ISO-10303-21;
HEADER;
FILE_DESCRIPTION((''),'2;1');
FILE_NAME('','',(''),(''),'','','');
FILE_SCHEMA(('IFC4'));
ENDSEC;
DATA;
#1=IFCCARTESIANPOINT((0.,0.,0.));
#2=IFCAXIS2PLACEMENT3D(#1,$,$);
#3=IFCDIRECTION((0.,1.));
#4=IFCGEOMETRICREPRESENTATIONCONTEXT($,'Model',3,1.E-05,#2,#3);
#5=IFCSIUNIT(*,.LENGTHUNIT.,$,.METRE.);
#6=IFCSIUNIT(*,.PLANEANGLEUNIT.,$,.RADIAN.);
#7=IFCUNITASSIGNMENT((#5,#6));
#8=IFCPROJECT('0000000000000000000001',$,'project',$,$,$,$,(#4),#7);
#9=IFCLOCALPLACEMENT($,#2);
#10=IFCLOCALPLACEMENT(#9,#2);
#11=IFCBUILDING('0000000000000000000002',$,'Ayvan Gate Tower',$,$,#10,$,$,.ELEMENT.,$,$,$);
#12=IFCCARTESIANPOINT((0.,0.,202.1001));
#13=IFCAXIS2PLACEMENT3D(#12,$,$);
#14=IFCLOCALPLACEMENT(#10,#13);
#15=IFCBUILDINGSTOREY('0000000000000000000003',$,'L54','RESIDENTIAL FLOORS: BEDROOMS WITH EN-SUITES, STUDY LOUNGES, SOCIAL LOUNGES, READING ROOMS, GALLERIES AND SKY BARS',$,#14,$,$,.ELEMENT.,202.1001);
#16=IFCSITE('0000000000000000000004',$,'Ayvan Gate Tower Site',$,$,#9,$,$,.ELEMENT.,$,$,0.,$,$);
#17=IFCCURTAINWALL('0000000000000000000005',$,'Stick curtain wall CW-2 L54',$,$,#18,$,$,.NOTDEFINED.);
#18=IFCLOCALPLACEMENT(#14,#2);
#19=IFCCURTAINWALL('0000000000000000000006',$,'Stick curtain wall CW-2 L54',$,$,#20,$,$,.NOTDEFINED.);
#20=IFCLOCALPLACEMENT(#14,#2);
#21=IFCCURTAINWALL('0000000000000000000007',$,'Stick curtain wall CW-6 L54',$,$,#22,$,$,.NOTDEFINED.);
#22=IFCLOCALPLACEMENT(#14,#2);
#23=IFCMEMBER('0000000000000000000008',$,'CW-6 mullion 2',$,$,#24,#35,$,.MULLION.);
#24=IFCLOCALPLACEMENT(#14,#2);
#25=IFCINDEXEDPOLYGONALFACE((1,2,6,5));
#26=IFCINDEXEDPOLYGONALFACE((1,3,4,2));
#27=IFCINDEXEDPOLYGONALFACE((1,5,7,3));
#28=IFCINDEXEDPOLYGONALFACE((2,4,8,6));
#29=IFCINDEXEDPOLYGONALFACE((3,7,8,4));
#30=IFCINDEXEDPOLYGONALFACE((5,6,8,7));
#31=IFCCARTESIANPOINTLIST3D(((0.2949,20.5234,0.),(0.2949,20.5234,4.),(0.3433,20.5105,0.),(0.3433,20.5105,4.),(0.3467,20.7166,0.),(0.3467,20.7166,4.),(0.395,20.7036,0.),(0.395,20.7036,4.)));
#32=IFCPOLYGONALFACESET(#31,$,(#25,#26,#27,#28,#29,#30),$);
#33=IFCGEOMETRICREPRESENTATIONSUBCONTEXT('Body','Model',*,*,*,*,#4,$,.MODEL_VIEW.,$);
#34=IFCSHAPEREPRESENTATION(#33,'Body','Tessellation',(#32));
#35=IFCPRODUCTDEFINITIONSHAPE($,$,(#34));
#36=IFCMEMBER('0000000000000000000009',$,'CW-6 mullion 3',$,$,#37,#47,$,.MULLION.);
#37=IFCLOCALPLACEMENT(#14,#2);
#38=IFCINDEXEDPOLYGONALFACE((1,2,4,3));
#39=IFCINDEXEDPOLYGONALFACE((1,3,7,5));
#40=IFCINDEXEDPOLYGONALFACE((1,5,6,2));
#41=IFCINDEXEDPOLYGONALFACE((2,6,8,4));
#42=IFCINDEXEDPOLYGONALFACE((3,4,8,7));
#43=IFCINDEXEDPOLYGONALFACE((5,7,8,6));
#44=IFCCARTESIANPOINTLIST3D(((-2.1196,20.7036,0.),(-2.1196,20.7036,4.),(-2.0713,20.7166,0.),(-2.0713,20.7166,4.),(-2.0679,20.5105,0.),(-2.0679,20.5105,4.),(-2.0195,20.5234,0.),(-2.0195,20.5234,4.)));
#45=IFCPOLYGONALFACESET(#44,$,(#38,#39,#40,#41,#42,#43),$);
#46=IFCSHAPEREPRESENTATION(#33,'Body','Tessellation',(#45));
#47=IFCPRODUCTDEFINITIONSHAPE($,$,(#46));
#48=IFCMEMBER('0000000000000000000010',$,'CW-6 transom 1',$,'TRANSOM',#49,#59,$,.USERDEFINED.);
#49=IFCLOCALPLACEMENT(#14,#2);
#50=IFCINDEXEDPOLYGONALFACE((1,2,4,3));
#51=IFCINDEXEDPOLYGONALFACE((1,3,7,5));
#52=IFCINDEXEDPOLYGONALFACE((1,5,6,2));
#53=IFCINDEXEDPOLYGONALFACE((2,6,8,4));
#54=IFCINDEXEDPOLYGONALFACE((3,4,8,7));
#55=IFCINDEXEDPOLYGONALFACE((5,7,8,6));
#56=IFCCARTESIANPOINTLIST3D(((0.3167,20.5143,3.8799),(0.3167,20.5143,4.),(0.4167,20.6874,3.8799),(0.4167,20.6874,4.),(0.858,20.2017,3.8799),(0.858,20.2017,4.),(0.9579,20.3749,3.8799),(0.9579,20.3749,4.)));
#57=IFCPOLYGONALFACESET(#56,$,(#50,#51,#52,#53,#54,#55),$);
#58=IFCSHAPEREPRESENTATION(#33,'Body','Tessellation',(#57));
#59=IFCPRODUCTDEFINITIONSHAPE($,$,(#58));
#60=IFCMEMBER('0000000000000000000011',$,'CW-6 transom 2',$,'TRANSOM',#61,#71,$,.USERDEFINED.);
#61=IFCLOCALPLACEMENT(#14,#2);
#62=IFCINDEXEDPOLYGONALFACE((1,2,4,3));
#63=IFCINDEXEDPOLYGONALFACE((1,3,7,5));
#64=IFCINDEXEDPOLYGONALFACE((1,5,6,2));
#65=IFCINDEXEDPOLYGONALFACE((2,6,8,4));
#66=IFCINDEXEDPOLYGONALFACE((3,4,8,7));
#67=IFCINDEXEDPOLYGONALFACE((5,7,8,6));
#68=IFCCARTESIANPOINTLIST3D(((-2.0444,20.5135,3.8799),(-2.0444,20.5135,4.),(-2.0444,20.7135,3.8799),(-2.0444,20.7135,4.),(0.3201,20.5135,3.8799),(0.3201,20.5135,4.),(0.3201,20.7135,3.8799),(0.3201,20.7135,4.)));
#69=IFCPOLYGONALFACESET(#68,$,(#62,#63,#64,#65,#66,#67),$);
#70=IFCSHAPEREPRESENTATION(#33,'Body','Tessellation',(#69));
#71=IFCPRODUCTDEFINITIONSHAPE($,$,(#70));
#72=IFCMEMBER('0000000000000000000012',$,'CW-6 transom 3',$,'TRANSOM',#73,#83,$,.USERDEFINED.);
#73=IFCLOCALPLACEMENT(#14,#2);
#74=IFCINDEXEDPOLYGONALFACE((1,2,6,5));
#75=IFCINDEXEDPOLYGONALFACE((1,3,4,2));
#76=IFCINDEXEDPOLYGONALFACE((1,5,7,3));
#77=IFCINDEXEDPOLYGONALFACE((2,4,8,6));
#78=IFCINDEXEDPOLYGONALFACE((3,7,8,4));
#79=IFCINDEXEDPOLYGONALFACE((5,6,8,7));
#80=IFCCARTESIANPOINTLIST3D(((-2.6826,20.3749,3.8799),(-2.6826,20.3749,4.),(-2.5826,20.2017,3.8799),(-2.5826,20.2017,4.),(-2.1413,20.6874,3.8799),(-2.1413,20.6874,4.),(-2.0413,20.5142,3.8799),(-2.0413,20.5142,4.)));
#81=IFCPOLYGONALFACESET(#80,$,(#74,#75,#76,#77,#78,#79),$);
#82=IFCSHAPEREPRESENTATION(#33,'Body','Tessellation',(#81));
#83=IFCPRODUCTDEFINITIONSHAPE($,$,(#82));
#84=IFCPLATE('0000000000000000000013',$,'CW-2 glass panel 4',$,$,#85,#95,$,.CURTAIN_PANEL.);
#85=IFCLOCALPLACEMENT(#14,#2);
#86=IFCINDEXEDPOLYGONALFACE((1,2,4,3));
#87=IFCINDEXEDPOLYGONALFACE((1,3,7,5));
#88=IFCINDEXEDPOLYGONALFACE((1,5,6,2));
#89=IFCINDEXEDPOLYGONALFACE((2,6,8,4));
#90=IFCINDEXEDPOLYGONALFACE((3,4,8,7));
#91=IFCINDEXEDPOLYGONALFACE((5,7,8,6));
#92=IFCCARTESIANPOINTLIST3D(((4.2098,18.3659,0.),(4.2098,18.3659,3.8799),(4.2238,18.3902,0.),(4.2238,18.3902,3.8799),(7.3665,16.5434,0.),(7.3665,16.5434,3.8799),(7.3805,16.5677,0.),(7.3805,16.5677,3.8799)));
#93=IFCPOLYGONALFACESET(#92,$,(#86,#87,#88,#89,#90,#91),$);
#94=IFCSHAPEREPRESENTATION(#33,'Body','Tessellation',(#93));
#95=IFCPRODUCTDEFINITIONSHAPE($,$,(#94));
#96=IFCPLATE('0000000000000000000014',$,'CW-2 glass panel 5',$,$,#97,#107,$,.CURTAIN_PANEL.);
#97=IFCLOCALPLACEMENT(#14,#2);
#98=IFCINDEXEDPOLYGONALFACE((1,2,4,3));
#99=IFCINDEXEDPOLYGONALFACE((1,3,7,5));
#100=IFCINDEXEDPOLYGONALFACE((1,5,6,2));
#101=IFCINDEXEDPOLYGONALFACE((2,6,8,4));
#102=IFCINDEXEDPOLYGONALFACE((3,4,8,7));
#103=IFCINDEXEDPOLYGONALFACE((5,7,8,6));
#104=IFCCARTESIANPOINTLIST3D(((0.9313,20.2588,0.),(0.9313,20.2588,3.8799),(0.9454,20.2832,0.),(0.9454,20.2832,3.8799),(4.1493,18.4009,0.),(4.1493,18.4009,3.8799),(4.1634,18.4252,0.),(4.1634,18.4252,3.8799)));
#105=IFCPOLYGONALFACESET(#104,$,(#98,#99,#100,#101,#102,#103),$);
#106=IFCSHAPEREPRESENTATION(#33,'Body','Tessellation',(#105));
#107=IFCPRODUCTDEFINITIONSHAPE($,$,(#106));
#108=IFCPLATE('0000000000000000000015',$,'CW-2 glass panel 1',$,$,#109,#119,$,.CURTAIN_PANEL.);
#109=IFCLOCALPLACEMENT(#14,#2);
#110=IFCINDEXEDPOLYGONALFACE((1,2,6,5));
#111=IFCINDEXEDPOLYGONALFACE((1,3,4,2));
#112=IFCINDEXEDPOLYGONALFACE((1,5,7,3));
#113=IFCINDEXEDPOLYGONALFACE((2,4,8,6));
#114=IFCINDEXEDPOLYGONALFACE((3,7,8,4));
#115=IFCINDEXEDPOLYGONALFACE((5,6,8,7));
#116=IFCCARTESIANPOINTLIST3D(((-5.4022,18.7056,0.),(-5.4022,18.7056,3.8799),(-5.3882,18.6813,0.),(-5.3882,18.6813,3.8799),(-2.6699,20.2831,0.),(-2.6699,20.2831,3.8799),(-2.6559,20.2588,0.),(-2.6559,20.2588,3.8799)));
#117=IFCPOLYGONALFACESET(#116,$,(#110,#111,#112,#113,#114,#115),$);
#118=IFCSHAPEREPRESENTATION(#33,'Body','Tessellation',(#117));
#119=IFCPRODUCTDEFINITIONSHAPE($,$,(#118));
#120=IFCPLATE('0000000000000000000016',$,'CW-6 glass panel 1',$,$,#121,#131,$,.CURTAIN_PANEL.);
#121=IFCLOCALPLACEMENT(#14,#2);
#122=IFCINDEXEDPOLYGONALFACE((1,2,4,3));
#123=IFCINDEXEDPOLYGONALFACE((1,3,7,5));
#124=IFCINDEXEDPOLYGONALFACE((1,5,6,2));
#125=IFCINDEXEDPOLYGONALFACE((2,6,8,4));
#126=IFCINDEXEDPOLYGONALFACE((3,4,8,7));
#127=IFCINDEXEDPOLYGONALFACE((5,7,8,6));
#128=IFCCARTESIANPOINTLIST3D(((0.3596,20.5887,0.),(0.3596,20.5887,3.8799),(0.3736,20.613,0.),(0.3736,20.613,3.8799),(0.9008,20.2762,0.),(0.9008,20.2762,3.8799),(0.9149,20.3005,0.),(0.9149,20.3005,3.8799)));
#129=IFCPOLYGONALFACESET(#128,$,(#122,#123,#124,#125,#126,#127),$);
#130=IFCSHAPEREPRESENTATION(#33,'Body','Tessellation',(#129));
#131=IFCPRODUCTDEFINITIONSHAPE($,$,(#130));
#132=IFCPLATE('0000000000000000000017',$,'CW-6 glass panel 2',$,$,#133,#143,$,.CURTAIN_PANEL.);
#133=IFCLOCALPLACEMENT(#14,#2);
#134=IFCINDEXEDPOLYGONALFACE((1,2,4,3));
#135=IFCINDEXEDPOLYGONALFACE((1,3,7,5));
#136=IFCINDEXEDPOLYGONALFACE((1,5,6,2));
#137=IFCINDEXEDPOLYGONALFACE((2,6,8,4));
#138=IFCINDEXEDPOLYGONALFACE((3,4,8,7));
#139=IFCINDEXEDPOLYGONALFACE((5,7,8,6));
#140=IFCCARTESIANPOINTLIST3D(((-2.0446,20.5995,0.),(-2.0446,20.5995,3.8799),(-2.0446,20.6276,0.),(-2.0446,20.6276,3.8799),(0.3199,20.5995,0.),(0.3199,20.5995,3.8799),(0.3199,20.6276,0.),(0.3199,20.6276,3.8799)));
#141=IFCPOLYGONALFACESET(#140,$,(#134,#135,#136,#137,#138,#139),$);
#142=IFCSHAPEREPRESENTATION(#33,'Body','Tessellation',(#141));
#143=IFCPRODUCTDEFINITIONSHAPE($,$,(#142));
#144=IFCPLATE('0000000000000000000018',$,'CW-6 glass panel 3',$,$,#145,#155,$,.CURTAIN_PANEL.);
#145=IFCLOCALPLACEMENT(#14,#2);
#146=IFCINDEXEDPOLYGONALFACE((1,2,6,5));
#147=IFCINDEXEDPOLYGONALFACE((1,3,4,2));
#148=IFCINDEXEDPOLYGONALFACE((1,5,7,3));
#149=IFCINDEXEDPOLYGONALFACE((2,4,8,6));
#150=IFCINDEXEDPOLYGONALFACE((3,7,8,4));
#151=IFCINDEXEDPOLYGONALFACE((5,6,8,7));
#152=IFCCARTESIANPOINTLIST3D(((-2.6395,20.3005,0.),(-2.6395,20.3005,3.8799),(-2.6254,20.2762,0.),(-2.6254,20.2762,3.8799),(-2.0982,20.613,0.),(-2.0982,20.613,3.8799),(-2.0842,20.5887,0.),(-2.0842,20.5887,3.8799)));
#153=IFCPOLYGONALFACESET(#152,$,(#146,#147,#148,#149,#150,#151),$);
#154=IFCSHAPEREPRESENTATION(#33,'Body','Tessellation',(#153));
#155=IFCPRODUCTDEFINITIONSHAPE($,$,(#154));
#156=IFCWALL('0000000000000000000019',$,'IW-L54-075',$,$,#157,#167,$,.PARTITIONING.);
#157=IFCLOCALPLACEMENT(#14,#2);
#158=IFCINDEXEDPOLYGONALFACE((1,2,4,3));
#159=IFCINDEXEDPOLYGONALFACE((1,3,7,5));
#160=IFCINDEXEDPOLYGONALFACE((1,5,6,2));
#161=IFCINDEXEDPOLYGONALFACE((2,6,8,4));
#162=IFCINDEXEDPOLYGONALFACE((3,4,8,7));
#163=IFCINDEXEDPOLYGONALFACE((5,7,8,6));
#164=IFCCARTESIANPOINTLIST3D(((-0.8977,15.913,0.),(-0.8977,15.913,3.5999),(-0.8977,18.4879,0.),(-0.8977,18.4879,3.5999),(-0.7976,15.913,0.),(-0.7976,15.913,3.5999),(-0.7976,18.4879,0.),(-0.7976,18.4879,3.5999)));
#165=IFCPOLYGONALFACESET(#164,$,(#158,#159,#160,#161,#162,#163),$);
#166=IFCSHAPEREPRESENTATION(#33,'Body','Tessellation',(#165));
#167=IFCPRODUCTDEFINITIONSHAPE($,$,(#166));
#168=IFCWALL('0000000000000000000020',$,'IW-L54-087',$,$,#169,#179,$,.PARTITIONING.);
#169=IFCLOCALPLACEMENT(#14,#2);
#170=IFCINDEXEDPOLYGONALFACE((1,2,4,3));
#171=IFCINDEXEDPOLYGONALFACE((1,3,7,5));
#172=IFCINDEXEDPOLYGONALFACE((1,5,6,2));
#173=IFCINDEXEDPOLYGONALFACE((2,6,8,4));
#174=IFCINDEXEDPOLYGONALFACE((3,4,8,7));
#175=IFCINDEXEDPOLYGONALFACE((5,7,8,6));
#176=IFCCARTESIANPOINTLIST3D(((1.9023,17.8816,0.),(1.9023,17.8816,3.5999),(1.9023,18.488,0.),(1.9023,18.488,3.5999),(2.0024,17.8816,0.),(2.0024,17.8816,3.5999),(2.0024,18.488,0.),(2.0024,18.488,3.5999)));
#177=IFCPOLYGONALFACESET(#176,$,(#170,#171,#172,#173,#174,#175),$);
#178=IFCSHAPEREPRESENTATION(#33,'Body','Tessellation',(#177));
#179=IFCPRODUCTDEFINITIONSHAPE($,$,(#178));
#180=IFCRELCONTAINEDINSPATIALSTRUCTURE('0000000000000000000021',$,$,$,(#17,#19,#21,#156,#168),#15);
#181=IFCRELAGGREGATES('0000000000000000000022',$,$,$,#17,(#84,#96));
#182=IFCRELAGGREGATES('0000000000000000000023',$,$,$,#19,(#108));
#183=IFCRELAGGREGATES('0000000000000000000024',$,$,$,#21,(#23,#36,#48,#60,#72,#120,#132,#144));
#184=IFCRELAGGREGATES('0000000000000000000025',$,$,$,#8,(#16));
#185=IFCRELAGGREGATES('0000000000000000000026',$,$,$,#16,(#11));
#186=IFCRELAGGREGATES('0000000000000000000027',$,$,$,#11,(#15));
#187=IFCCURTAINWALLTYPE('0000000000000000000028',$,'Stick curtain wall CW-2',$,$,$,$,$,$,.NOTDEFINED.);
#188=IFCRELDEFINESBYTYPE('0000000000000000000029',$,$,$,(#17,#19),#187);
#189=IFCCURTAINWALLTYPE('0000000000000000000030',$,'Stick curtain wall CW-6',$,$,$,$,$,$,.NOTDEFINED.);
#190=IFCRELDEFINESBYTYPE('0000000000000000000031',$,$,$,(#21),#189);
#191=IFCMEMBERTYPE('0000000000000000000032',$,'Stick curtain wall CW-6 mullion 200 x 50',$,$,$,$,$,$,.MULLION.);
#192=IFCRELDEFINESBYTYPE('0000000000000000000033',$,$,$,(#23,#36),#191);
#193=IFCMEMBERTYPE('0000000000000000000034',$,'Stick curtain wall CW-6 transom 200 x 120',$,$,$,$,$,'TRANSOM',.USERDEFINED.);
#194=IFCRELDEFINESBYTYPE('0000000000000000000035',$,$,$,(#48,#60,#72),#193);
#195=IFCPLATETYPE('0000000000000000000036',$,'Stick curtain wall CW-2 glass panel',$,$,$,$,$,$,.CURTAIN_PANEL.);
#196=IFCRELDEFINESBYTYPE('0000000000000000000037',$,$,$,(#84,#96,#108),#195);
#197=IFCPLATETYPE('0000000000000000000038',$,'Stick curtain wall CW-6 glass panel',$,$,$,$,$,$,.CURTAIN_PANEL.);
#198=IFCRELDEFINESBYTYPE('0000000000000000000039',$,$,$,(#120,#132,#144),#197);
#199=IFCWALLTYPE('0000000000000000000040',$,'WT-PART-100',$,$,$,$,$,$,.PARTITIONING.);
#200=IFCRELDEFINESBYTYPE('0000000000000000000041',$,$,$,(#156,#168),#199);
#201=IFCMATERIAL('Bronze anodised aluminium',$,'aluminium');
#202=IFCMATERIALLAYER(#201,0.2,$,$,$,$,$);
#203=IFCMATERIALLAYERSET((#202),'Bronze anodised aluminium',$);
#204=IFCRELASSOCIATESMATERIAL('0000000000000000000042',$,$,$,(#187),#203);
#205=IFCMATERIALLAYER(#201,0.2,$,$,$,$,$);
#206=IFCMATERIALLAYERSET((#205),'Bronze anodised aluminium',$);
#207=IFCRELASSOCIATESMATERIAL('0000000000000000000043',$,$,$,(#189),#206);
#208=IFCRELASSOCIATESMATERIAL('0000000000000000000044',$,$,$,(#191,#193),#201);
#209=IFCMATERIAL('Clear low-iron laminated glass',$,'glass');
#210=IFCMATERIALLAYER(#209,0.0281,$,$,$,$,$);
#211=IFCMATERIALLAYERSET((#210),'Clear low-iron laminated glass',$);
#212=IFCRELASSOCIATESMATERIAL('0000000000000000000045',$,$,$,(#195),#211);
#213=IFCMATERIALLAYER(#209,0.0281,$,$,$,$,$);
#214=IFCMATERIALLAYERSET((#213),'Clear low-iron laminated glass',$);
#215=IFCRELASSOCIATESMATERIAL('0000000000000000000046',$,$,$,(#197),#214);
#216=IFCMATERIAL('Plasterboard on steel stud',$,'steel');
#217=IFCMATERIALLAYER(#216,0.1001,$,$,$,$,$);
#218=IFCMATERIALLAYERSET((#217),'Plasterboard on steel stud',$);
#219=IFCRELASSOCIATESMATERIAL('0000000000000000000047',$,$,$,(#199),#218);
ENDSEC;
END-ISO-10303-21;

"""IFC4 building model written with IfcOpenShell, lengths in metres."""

from ifc_helpers import new_model, si_unit, direction, frame, frame_2d, origin, origin_2d, place, context, subcontext, project, spatial, rectangle, extrude, material, layer, layer_set, material_profile, profile_set, type_object, element, aggregate, save


model = new_model("IFC4")

# Units and contexts
model_context = context("Model", 3, precision=1e-05, world=origin(), true_north=direction((0.0, 1.0)))
body_context = subcontext(model_context, "Body", "Model", "MODEL_VIEW")
ifc_project = project(units=[si_unit("LENGTHUNIT", "METRE"), si_unit("PLANEANGLEUNIT", "RADIAN")], contexts=[model_context])

# Site, building, storey
site_placement = place(None, origin())
site = spatial("IfcSite", under=ifc_project, at=site_placement, Name="Ayvan Gate Tower Site", CompositionType="ELEMENT", RefElevation=0.0)
building_placement = place(site_placement, origin())
building = spatial("IfcBuilding", under=site, at=building_placement, Name="Ayvan Gate Tower", CompositionType="ELEMENT")
storey_placement = place(building_placement, frame((0.0, 0.0, 202.1001)))
storey = spatial("IfcBuildingStorey", under=building, at=storey_placement, Name="L54", Description="RESIDENTIAL FLOORS: BEDROOMS WITH EN-SUITES, STUDY LOUNGES, SOCIAL LOUNGES, READING ROOMS, GALLERIES AND SKY BARS", CompositionType="ELEMENT", Elevation=202.1001)

# Curtain walls, members
ifc_material_1 = material(Name="Bronze anodised aluminium", Category="aluminium")
ifc_layer_1 = layer(ifc_material_1, 0.2)
ifc_layer_set_1 = layer_set([ifc_layer_1], Name="Bronze anodised aluminium")
curtain_wall_type_1 = type_object("IfcCurtainWallType", Name="Stick curtain wall CW-2", PredefinedType="NOTDEFINED", material=ifc_layer_set_1)
curtain_wall_1_placement = place(storey_placement, origin())
curtain_wall_1 = element("IfcCurtainWall", 1, at=curtain_wall_1_placement, inside=storey, type_object=curtain_wall_type_1, Name="Stick curtain wall CW-2 L54", PredefinedType="NOTDEFINED")
curtain_wall_2_placement = place(storey_placement, origin())
curtain_wall_2 = element("IfcCurtainWall", 2, at=curtain_wall_2_placement, inside=storey, type_object=curtain_wall_type_1, Name="Stick curtain wall CW-2 L54", PredefinedType="NOTDEFINED")
ifc_layer_2 = layer(ifc_material_1, 0.2)
ifc_layer_set_2 = layer_set([ifc_layer_2], Name="Bronze anodised aluminium")
curtain_wall_type_2 = type_object("IfcCurtainWallType", Name="Stick curtain wall CW-6", PredefinedType="NOTDEFINED", material=ifc_layer_set_2)
curtain_wall_3_placement = place(storey_placement, origin())
curtain_wall_3 = element("IfcCurtainWall", 3, at=curtain_wall_3_placement, inside=storey, type_object=curtain_wall_type_2, Name="Stick curtain wall CW-6 L54", PredefinedType="NOTDEFINED")
ifc_material_profile_1 = material_profile(ifc_material_1, rectangle(XDim=0.2, YDim=0.05, at=origin_2d()), Name="Stick curtain wall CW-6 mullion 200 x 50")
ifc_profile_set_1 = profile_set([ifc_material_profile_1], Name="Bronze anodised aluminium")
member_type_1 = type_object("IfcMemberType", Name="Stick curtain wall CW-6 mullion 200 x 50", PredefinedType="MULLION", material=ifc_profile_set_1)
member_1_placement = place(storey_placement, frame((0.345, 20.6135, 0.0), z_axis=(0.0, 0.0, 1.0), x_axis=(0.258819, 0.965926, 0.0)))
member_1 = element("IfcMember", 4, at=member_1_placement, type_object=member_type_1, Name="CW-6 mullion 2", PredefinedType="MULLION", context=body_context, shape_type="SweptSolid", body=[
    extrude(rectangle(XDim=0.2, YDim=0.05, at=origin_2d()), origin(), (0.0, 0.0, 1.0), 4.0),
])
member_2_placement = place(storey_placement, frame((-2.0696, 20.6135, 0.0), z_axis=(0.0, 0.0, 1.0), x_axis=(-0.258819, 0.965926, 0.0)))
member_2 = element("IfcMember", 5, at=member_2_placement, type_object=member_type_1, Name="CW-6 mullion 3", PredefinedType="MULLION", context=body_context, shape_type="SweptSolid", body=[
    extrude(rectangle(XDim=0.2, YDim=0.05, at=origin_2d()), origin(), (0.0, 0.0, 1.0), 4.0),
])
ifc_material_profile_2 = material_profile(ifc_material_1, rectangle(XDim=0.2, YDim=0.1201, at=origin_2d()), Name="Stick curtain wall CW-6 transom 200 x 120")
ifc_profile_set_2 = profile_set([ifc_material_profile_2], Name="Bronze anodised aluminium")
member_type_2 = type_object("IfcMemberType", Name="Stick curtain wall CW-6 transom 200 x 120", ElementType="TRANSOM", PredefinedType="USERDEFINED", material=ifc_profile_set_2)
member_3_placement = place(storey_placement, frame((0.908, 20.2883, 3.9399), z_axis=(-0.866023, 0.500004, 0.0), x_axis=(-0.500004, -0.866023, 0.0)))
member_3 = element("IfcMember", 6, at=member_3_placement, type_object=member_type_2, Name="CW-6 transom 1", ObjectType="TRANSOM", PredefinedType="USERDEFINED", context=body_context, shape_type="SweptSolid", body=[
    extrude(rectangle(XDim=0.2, YDim=0.1201, at=origin_2d()), origin(), (0.0, 0.0, 1.0), 0.625),
])
member_4_placement = place(storey_placement, frame((0.3201, 20.6135, 3.9399), z_axis=(-1.0, 0.0, 0.0), x_axis=(0.0, -1.0, 0.0)))
member_4 = element("IfcMember", 7, at=member_4_placement, type_object=member_type_2, Name="CW-6 transom 2", ObjectType="TRANSOM", PredefinedType="USERDEFINED", context=body_context, shape_type="SweptSolid", body=[
    extrude(rectangle(XDim=0.2, YDim=0.1201, at=origin_2d()), origin(), (0.0, 0.0, 1.0), 2.3645),
])
member_5_placement = place(storey_placement, frame((-2.0913, 20.6008, 3.9399), z_axis=(-0.866023, -0.500004, 0.0), x_axis=(0.500004, -0.866023, 0.0)))
member_5 = element("IfcMember", 8, at=member_5_placement, type_object=member_type_2, Name="CW-6 transom 3", ObjectType="TRANSOM", PredefinedType="USERDEFINED", context=body_context, shape_type="SweptSolid", body=[
    extrude(rectangle(XDim=0.2, YDim=0.1201, at=origin_2d()), origin(), (0.0, 0.0, 1.0), 0.625),
])

# Plates
ifc_material_2 = material(Name="Clear low-iron laminated glass", Category="glass")
ifc_layer_3 = layer(ifc_material_2, 0.0281)
ifc_layer_set_3 = layer_set([ifc_layer_3], Name="Clear low-iron laminated glass")
plate_type_1 = type_object("IfcPlateType", Name="Stick curtain wall CW-2 glass panel", PredefinedType="CURTAIN_PANEL", material=ifc_layer_set_3)
plate_1_placement = place(storey_placement, frame((5.7952, 17.4668, 0.0), z_axis=(0.0, 0.0, 1.0), x_axis=(-0.866025, 0.5, 0.0)))
plate_1 = element("IfcPlate", 9, at=plate_1_placement, type_object=plate_type_1, Name="CW-2 glass panel 4", PredefinedType="CURTAIN_PANEL", context=body_context, shape_type="SweptSolid", body=[
    extrude(rectangle(XDim=3.645, YDim=0.0281, at=origin_2d()), origin(), (0.0, 0.0, 1.0), 3.8799),
])
plate_2_placement = place(storey_placement, frame((2.5474, 19.342, 0.0), z_axis=(0.0, 0.0, 1.0), x_axis=(-0.866025, 0.5, 0.0)))
plate_2 = element("IfcPlate", 10, at=plate_2_placement, type_object=plate_type_1, Name="CW-2 glass panel 5", PredefinedType="CURTAIN_PANEL", context=body_context, shape_type="SweptSolid", body=[
    extrude(rectangle(XDim=3.7158, YDim=0.0281, at=origin_2d()), origin(), (0.0, 0.0, 1.0), 3.8799),
])
aggregate(curtain_wall_1, [plate_1, plate_2])
plate_3_placement = place(storey_placement, frame((-4.0291, 19.4822, 0.0), z_axis=(0.0, 0.0, 1.0), x_axis=(-0.866025, -0.5, 0.0)))
plate_3 = element("IfcPlate", 11, at=plate_3_placement, type_object=plate_type_1, Name="CW-2 glass panel 1", PredefinedType="CURTAIN_PANEL", context=body_context, shape_type="SweptSolid", body=[
    extrude(rectangle(XDim=3.155, YDim=0.0281, at=origin_2d()), origin(), (0.0, 0.0, 1.0), 3.8799),
])
aggregate(curtain_wall_2, [plate_3])
ifc_layer_4 = layer(ifc_material_2, 0.0281)
ifc_layer_set_4 = layer_set([ifc_layer_4], Name="Clear low-iron laminated glass")
plate_type_2 = type_object("IfcPlateType", Name="Stick curtain wall CW-6 glass panel", PredefinedType="CURTAIN_PANEL", material=ifc_layer_set_4)
plate_4_placement = place(storey_placement, frame((0.6372, 20.4446, 0.0), z_axis=(0.0, 0.0, 1.0), x_axis=(-0.866025, 0.5, 0.0)))
plate_4 = element("IfcPlate", 12, at=plate_4_placement, type_object=plate_type_2, Name="CW-6 glass panel 1", PredefinedType="CURTAIN_PANEL", context=body_context, shape_type="SweptSolid", body=[
    extrude(rectangle(XDim=0.625, YDim=0.0281, at=origin_2d()), origin(), (0.0, 0.0, 1.0), 3.8799),
])
plate_5_placement = place(storey_placement, frame((-0.8623, 20.6135, 0.0), z_axis=(0.0, 0.0, 1.0), x_axis=(-1.0, 0.0, 0.0)))
plate_5 = element("IfcPlate", 13, at=plate_5_placement, type_object=plate_type_2, Name="CW-6 glass panel 2", PredefinedType="CURTAIN_PANEL", context=body_context, shape_type="SweptSolid", body=[
    extrude(rectangle(XDim=2.3645, YDim=0.0281, at=origin_2d()), origin(), (0.0, 0.0, 1.0), 3.8799),
])
plate_6_placement = place(storey_placement, frame((-2.3618, 20.4446, 0.0), z_axis=(0.0, 0.0, 1.0), x_axis=(-0.866025, -0.5, 0.0)))
plate_6 = element("IfcPlate", 14, at=plate_6_placement, type_object=plate_type_2, Name="CW-6 glass panel 3", PredefinedType="CURTAIN_PANEL", context=body_context, shape_type="SweptSolid", body=[
    extrude(rectangle(XDim=0.625, YDim=0.0281, at=origin_2d()), origin(), (0.0, 0.0, 1.0), 3.8799),
])
aggregate(curtain_wall_3, [member_1, member_2, member_3, member_4, member_5, plate_4, plate_5, plate_6])

# Walls
ifc_material_3 = material(Name="Plasterboard on steel stud", Category="steel")
ifc_layer_5 = layer(ifc_material_3, 0.1001)
ifc_layer_set_5 = layer_set([ifc_layer_5], Name="Plasterboard on steel stud")
wall_type = type_object("IfcWallType", Name="WT-PART-100", PredefinedType="PARTITIONING", material=ifc_layer_set_5)
wall_1_placement = place(storey_placement, frame((-0.8477, 18.488, 0.0), z_axis=(0.0, 0.0, 1.0), x_axis=(0.0, -1.0, 0.0)))
element("IfcWall", 15, at=wall_1_placement, inside=storey, type_object=wall_type, Name="IW-L54-075", PredefinedType="PARTITIONING", context=body_context, shape_type="SweptSolid", body=[
    extrude(rectangle(XDim=2.575, YDim=0.1001, at=frame_2d((1.2876, 0.0))), origin(), (0.0, 0.0, 1.0), 3.5999),
])
wall_2_placement = place(storey_placement, frame((1.9524, 17.8816, 0.0), z_axis=(0.0, 0.0, 1.0), x_axis=(0.0, 1.0, 0.0)))
element("IfcWall", 16, at=wall_2_placement, inside=storey, type_object=wall_type, Name="IW-L54-087", PredefinedType="PARTITIONING", context=body_context, shape_type="SweptSolid", body=[
    extrude(rectangle(XDim=0.6064, YDim=0.1001, at=frame_2d((0.3032, 0.0))), origin(), (0.0, 0.0, 1.0), 3.5999),
])

save(model, "model.ifc")
